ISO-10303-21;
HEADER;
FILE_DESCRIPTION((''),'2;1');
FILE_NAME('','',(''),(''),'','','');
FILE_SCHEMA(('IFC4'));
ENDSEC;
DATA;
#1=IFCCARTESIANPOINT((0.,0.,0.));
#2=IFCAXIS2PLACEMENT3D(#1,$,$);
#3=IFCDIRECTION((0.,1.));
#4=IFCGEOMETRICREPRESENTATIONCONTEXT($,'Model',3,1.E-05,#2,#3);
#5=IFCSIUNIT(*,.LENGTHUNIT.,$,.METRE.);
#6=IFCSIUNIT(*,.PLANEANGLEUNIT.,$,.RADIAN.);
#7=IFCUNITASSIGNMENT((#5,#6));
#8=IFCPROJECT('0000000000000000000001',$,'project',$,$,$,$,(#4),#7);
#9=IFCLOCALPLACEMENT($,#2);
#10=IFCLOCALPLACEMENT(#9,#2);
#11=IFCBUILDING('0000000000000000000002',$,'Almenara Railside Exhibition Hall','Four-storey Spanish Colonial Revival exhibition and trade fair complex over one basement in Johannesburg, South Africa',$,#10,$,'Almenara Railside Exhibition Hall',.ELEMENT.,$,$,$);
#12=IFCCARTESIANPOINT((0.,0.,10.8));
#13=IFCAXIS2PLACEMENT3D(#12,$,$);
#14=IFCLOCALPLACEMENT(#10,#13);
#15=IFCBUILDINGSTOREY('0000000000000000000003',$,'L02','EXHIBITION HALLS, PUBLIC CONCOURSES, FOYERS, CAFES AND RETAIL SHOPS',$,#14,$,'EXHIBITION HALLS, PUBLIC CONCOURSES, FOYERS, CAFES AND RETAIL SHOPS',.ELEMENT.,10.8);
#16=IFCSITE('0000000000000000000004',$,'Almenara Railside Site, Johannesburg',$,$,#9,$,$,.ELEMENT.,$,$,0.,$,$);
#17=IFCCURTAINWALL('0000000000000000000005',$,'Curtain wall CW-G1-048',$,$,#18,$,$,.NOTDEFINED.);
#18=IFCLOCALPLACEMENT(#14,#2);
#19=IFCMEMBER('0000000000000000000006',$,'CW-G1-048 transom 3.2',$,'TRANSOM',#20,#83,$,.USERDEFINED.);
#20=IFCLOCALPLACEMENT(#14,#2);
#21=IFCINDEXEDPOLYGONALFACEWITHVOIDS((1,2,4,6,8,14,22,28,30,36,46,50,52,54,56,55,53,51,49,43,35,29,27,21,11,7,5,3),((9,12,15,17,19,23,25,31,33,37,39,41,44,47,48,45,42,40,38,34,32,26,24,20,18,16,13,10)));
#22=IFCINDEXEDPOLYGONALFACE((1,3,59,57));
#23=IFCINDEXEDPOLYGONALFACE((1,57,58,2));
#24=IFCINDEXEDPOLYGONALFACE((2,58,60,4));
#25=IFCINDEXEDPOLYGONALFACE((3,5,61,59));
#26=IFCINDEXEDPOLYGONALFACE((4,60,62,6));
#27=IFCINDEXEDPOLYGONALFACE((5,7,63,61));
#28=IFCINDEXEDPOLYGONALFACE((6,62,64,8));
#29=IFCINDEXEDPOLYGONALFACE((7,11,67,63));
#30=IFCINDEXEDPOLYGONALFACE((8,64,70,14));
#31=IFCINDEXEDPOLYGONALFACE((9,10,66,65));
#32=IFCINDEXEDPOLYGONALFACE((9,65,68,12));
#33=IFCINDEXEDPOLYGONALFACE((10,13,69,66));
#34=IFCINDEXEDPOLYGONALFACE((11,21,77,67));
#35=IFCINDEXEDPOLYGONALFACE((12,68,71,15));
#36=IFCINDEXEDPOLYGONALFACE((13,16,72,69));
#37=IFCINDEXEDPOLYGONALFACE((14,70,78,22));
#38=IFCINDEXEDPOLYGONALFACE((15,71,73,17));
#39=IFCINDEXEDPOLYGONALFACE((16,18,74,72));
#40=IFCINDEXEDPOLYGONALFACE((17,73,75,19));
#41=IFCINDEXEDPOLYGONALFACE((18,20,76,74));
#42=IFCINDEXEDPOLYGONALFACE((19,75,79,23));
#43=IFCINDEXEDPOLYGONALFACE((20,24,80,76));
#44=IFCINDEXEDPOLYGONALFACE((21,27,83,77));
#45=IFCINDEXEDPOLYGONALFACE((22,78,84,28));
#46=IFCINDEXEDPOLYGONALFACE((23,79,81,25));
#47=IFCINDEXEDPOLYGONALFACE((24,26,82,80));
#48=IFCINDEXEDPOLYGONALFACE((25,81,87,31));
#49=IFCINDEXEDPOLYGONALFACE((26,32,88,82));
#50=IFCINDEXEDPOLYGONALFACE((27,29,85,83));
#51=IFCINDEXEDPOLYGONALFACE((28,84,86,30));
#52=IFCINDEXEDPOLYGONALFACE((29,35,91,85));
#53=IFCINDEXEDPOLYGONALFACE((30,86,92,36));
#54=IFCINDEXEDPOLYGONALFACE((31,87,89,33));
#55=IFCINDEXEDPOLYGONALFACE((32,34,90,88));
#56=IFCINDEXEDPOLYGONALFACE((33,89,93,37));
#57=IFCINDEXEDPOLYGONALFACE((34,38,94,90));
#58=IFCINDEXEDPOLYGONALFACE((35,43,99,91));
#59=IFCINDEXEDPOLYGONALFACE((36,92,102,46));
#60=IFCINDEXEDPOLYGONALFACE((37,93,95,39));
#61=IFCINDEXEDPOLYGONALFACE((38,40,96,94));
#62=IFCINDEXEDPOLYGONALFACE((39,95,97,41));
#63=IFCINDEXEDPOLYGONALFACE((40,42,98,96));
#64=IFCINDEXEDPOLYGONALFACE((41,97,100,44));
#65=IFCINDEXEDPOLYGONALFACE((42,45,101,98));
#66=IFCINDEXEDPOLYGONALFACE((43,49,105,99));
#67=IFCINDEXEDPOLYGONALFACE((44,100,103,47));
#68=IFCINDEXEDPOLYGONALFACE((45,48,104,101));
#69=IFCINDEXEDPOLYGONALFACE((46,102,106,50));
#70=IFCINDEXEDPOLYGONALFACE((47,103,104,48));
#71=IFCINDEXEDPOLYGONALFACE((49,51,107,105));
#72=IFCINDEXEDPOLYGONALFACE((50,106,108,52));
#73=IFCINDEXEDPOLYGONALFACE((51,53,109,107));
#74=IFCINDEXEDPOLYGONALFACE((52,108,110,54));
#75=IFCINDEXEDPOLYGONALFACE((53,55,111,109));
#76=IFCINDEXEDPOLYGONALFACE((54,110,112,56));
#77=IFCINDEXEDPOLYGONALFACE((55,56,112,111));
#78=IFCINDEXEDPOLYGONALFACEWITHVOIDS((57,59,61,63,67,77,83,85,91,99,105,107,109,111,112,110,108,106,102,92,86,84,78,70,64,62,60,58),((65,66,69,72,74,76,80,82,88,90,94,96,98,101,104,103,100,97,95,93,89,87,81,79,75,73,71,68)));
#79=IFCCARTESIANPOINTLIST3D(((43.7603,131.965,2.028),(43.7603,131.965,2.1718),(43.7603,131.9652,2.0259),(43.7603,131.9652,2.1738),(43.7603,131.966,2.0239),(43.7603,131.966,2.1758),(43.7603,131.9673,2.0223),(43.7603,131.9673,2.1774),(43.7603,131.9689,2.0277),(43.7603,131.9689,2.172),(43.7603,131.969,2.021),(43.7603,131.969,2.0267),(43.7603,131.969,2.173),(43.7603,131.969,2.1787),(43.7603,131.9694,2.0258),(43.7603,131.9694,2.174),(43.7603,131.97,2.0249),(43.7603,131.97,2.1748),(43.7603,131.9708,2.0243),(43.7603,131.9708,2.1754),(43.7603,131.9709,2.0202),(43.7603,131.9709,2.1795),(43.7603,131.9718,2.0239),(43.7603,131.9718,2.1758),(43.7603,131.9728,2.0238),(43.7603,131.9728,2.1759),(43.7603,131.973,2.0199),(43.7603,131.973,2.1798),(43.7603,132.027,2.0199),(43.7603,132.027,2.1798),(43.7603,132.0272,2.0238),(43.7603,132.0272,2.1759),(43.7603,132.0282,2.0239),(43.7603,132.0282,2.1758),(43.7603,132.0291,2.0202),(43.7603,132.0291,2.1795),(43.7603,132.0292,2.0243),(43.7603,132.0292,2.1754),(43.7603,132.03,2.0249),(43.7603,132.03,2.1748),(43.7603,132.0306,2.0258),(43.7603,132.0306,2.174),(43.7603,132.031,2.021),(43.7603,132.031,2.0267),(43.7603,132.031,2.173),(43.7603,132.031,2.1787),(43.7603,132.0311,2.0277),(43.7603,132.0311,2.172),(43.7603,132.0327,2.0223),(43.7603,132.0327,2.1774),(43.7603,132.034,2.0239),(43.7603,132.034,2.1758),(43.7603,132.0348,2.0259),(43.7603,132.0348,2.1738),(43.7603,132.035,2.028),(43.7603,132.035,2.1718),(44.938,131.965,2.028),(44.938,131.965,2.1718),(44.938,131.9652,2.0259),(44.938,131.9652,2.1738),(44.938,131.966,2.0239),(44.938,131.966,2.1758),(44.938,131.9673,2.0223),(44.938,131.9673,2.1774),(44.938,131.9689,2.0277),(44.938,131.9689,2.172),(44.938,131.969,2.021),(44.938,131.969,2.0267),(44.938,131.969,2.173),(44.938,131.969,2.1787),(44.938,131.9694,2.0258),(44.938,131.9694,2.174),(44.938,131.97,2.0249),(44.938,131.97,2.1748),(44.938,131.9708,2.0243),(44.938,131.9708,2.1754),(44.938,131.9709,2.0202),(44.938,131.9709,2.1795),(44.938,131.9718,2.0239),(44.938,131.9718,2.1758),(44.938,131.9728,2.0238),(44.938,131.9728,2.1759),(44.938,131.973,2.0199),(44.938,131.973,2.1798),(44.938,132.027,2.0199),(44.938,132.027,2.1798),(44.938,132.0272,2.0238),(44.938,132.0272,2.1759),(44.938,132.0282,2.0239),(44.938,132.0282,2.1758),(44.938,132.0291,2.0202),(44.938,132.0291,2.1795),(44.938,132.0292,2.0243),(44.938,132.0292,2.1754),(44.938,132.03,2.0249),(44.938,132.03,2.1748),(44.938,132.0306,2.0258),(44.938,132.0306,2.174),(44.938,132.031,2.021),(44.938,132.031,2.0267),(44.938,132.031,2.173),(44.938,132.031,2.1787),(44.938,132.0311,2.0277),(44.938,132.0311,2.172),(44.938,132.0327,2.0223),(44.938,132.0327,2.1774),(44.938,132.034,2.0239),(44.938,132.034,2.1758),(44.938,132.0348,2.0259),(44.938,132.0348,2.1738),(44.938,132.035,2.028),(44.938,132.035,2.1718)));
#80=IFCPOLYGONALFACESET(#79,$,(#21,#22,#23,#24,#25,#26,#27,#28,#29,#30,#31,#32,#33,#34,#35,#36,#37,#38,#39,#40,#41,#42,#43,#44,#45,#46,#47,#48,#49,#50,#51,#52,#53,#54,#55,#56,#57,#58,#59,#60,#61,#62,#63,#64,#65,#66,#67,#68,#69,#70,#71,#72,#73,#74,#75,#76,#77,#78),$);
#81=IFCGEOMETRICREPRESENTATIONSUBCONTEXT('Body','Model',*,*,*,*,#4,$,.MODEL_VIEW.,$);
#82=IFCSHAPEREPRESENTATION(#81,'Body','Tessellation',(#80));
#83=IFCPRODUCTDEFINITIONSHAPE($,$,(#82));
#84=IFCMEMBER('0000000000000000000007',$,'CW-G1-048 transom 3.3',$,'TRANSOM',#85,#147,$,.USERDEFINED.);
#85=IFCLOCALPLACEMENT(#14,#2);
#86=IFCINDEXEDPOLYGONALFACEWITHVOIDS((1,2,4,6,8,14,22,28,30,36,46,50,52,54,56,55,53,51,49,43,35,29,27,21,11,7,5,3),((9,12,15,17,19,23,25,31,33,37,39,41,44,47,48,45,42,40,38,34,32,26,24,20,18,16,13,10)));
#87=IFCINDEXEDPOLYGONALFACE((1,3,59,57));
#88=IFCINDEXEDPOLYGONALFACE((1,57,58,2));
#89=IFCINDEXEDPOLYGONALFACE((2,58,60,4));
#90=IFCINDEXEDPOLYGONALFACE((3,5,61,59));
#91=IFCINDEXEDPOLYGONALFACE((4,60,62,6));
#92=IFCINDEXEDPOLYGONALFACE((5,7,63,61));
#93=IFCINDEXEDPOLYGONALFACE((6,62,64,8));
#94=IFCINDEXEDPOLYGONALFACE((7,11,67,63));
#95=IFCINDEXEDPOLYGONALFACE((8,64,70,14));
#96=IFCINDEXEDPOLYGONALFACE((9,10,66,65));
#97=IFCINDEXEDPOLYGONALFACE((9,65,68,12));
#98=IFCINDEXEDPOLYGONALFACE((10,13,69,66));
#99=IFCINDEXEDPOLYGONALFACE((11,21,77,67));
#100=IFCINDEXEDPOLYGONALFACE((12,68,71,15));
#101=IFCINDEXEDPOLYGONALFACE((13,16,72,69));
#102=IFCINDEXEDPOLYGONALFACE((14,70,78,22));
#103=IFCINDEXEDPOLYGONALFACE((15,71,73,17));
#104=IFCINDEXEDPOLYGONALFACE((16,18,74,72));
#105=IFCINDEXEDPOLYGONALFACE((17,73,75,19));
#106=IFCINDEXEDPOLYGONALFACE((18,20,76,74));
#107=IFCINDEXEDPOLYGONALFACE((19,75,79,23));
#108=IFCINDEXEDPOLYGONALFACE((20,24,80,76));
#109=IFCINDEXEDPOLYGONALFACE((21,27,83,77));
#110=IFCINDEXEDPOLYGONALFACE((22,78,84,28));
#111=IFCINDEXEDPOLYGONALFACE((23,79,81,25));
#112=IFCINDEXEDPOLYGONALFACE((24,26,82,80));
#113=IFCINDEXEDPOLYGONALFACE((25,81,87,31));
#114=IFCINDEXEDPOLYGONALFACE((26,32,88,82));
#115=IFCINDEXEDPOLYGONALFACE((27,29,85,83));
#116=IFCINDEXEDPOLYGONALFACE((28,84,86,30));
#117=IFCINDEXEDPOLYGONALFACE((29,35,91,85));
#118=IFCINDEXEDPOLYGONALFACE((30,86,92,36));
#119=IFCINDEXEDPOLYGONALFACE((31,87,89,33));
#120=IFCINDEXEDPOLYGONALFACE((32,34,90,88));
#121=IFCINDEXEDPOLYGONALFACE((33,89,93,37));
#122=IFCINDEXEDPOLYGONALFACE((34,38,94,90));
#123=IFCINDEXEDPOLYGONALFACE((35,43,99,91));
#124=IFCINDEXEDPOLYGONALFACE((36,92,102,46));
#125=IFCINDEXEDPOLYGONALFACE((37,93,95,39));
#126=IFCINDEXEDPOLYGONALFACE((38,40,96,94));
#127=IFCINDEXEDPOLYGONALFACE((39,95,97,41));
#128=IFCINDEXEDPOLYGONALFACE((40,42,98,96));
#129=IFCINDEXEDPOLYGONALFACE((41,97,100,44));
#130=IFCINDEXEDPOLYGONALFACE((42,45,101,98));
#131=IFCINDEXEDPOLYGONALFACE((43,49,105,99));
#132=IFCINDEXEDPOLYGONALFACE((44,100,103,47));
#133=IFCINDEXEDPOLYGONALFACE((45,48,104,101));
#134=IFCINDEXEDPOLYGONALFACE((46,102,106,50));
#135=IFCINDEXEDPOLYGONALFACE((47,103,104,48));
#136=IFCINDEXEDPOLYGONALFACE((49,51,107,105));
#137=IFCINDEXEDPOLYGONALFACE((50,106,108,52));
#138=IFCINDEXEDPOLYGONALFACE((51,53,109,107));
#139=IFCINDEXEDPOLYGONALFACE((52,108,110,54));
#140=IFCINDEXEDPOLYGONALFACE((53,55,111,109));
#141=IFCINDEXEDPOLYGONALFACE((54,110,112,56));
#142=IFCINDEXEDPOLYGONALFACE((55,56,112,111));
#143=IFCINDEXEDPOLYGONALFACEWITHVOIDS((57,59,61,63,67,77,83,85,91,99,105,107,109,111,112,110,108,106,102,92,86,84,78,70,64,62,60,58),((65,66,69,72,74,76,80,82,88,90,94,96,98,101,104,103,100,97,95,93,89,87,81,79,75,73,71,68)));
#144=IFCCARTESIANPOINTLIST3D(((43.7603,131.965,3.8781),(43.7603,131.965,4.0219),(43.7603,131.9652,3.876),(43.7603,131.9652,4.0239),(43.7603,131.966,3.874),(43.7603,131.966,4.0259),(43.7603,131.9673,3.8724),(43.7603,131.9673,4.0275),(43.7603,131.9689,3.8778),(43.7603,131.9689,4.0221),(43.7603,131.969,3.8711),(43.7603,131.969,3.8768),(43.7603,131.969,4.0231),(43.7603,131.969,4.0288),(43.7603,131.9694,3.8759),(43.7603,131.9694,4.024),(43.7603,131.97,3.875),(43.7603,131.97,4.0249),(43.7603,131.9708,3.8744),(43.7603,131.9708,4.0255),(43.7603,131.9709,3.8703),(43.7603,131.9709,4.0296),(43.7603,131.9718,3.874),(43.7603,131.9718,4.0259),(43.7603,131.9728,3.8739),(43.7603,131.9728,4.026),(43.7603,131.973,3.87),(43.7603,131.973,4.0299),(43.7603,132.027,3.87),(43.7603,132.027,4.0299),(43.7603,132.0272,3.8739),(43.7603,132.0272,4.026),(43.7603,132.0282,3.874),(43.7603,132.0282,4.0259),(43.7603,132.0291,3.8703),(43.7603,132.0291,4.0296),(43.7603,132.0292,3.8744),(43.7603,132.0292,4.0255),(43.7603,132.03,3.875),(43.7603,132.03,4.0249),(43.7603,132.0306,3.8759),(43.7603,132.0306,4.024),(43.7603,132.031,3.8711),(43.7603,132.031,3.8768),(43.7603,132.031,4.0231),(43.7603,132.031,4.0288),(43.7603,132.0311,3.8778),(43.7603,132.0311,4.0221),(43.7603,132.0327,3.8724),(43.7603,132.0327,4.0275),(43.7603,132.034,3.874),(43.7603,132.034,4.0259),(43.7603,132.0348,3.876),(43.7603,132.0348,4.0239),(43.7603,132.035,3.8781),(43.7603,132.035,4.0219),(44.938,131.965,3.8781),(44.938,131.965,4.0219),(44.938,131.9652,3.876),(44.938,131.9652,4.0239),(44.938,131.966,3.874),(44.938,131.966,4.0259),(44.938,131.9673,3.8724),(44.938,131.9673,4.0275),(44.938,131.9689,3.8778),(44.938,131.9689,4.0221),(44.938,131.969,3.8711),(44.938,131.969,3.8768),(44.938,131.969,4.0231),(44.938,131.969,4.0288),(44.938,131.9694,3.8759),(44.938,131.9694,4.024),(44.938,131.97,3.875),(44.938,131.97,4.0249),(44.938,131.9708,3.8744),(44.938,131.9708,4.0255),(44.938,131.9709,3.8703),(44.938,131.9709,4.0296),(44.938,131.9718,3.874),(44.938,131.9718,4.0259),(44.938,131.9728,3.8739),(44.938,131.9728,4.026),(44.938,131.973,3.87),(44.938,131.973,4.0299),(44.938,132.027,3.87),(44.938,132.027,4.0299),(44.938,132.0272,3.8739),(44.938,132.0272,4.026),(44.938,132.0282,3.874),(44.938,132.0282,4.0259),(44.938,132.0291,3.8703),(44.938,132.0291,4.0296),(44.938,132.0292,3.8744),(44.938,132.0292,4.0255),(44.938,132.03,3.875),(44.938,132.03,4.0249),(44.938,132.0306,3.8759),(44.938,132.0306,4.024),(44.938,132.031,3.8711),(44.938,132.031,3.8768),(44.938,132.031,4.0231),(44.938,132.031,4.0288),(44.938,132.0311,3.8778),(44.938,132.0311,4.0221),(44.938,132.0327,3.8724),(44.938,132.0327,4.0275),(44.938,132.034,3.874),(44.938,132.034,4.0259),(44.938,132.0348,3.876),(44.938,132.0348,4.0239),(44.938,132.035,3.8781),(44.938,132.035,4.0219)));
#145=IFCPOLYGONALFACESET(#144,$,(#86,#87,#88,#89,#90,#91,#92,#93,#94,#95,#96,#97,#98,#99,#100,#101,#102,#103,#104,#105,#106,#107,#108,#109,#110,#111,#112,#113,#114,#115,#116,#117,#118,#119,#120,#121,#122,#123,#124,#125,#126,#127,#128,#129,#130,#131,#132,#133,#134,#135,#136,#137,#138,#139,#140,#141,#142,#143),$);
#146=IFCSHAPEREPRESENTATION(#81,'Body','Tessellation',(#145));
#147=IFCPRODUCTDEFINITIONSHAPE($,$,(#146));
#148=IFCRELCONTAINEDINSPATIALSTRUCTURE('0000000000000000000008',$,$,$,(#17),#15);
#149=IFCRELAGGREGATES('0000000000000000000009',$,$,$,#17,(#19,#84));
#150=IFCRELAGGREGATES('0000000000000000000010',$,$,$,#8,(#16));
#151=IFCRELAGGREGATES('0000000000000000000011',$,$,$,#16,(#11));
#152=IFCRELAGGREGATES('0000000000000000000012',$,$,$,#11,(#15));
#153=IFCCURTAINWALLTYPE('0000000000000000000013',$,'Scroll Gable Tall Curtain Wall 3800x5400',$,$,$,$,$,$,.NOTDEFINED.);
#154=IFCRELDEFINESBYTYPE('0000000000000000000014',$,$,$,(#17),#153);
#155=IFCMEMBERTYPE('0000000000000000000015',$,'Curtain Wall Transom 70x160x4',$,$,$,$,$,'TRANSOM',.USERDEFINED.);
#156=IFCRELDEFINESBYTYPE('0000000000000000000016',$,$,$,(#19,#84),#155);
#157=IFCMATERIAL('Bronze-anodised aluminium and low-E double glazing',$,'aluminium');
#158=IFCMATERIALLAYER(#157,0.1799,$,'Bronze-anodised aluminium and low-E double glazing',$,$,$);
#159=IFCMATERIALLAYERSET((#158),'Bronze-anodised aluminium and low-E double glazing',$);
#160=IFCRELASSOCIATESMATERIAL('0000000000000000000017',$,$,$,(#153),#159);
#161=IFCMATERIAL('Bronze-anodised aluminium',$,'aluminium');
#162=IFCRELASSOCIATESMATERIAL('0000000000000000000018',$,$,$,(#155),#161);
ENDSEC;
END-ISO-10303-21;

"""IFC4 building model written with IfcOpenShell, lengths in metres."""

from ifc_helpers import new_model, si_unit, direction, frame, origin, origin_2d, place, context, subcontext, project, spatial, hollow_rectangle, extrude, material, layer, layer_set, material_profile, profile_set, type_object, element, aggregate, save


model = new_model("IFC4")

# Units and contexts
model_context = context("Model", 3, precision=1e-05, world=origin(), true_north=direction((0.0, 1.0)))
body_context = subcontext(model_context, "Body", "Model", "MODEL_VIEW")
ifc_project = project(units=[si_unit("LENGTHUNIT", "METRE"), si_unit("PLANEANGLEUNIT", "RADIAN")], contexts=[model_context])

# Site, building, storey
site_placement = place(None, origin())
site = spatial("IfcSite", under=ifc_project, at=site_placement, Name="Almenara Railside Site, Johannesburg", CompositionType="ELEMENT", RefElevation=0.0)
building_placement = place(site_placement, origin())
building = spatial("IfcBuilding", under=site, at=building_placement, Name="Almenara Railside Exhibition Hall", Description="Four-storey Spanish Colonial Revival exhibition and trade fair complex over one basement in Johannesburg, South Africa", LongName="Almenara Railside Exhibition Hall", CompositionType="ELEMENT")
storey_placement = place(building_placement, frame((0.0, 0.0, 10.8)))
storey = spatial("IfcBuildingStorey", under=building, at=storey_placement, Name="L02", Description="EXHIBITION HALLS, PUBLIC CONCOURSES, FOYERS, CAFES AND RETAIL SHOPS", LongName="EXHIBITION HALLS, PUBLIC CONCOURSES, FOYERS, CAFES AND RETAIL SHOPS", CompositionType="ELEMENT", Elevation=10.8)

# Curtain wall
ifc_material_1 = material(Name="Bronze-anodised aluminium and low-E double glazing", Category="aluminium")
ifc_layer_1 = layer(ifc_material_1, 0.1799, Name="Bronze-anodised aluminium and low-E double glazing")
ifc_layer_set_1 = layer_set([ifc_layer_1], Name="Bronze-anodised aluminium and low-E double glazing")
curtain_wall_type = type_object("IfcCurtainWallType", Name="Scroll Gable Tall Curtain Wall 3800x5400", PredefinedType="NOTDEFINED", material=ifc_layer_set_1)
ifc_material_2 = material(Name="Bronze-anodised aluminium", Category="aluminium")
curtain_wall_1_placement = place(storey_placement, origin())
curtain_wall_1 = element("IfcCurtainWall", 1, at=curtain_wall_1_placement, inside=storey, type_object=curtain_wall_type, Name="Curtain wall CW-G1-048", PredefinedType="NOTDEFINED")

# Members
ifc_material_profile_1 = material_profile(ifc_material_2, hollow_rectangle(XDim=0.0701, YDim=0.1599, WallThickness=0.0039, InnerFilletRadius=0.0039, OuterFilletRadius=0.0081, at=origin_2d()), Name="ALU-TRN 70x160x4")
ifc_profile_set_1 = profile_set([ifc_material_profile_1], Name="Bronze-anodised aluminium")
member_type_1 = type_object("IfcMemberType", Name="Curtain Wall Transom 70x160x4", ElementType="TRANSOM", PredefinedType="USERDEFINED", material=ifc_profile_set_1)
member_1_placement = place(storey_placement, frame((43.7603, 132.0, 2.0999), z_axis=(1.0, 0.0, 0.0), x_axis=(0.0, 1.0, 0.0)))
member_1 = element("IfcMember", 2, at=member_1_placement, type_object=member_type_1, Name="CW-G1-048 transom 3.2", ObjectType="TRANSOM", PredefinedType="USERDEFINED", context=body_context, shape_type="SweptSolid", body=[
    extrude(hollow_rectangle(XDim=0.0701, YDim=0.1599, WallThickness=0.0039, InnerFilletRadius=0.0039, OuterFilletRadius=0.0081, at=origin_2d()), origin(), (0.0, 0.0, 1.0), 1.1777),
])
member_2_placement = place(storey_placement, frame((43.7603, 132.0, 3.95), z_axis=(1.0, 0.0, 0.0), x_axis=(0.0, 1.0, 0.0)))
member_2 = element("IfcMember", 3, at=member_2_placement, type_object=member_type_1, Name="CW-G1-048 transom 3.3", ObjectType="TRANSOM", PredefinedType="USERDEFINED", context=body_context, shape_type="SweptSolid", body=[
    extrude(hollow_rectangle(XDim=0.0701, YDim=0.1599, WallThickness=0.0039, InnerFilletRadius=0.0039, OuterFilletRadius=0.0081, at=origin_2d()), origin(), (0.0, 0.0, 1.0), 1.1777),
])

aggregate(curtain_wall_1, [member_1, member_2])

save(model, "model.ifc")
